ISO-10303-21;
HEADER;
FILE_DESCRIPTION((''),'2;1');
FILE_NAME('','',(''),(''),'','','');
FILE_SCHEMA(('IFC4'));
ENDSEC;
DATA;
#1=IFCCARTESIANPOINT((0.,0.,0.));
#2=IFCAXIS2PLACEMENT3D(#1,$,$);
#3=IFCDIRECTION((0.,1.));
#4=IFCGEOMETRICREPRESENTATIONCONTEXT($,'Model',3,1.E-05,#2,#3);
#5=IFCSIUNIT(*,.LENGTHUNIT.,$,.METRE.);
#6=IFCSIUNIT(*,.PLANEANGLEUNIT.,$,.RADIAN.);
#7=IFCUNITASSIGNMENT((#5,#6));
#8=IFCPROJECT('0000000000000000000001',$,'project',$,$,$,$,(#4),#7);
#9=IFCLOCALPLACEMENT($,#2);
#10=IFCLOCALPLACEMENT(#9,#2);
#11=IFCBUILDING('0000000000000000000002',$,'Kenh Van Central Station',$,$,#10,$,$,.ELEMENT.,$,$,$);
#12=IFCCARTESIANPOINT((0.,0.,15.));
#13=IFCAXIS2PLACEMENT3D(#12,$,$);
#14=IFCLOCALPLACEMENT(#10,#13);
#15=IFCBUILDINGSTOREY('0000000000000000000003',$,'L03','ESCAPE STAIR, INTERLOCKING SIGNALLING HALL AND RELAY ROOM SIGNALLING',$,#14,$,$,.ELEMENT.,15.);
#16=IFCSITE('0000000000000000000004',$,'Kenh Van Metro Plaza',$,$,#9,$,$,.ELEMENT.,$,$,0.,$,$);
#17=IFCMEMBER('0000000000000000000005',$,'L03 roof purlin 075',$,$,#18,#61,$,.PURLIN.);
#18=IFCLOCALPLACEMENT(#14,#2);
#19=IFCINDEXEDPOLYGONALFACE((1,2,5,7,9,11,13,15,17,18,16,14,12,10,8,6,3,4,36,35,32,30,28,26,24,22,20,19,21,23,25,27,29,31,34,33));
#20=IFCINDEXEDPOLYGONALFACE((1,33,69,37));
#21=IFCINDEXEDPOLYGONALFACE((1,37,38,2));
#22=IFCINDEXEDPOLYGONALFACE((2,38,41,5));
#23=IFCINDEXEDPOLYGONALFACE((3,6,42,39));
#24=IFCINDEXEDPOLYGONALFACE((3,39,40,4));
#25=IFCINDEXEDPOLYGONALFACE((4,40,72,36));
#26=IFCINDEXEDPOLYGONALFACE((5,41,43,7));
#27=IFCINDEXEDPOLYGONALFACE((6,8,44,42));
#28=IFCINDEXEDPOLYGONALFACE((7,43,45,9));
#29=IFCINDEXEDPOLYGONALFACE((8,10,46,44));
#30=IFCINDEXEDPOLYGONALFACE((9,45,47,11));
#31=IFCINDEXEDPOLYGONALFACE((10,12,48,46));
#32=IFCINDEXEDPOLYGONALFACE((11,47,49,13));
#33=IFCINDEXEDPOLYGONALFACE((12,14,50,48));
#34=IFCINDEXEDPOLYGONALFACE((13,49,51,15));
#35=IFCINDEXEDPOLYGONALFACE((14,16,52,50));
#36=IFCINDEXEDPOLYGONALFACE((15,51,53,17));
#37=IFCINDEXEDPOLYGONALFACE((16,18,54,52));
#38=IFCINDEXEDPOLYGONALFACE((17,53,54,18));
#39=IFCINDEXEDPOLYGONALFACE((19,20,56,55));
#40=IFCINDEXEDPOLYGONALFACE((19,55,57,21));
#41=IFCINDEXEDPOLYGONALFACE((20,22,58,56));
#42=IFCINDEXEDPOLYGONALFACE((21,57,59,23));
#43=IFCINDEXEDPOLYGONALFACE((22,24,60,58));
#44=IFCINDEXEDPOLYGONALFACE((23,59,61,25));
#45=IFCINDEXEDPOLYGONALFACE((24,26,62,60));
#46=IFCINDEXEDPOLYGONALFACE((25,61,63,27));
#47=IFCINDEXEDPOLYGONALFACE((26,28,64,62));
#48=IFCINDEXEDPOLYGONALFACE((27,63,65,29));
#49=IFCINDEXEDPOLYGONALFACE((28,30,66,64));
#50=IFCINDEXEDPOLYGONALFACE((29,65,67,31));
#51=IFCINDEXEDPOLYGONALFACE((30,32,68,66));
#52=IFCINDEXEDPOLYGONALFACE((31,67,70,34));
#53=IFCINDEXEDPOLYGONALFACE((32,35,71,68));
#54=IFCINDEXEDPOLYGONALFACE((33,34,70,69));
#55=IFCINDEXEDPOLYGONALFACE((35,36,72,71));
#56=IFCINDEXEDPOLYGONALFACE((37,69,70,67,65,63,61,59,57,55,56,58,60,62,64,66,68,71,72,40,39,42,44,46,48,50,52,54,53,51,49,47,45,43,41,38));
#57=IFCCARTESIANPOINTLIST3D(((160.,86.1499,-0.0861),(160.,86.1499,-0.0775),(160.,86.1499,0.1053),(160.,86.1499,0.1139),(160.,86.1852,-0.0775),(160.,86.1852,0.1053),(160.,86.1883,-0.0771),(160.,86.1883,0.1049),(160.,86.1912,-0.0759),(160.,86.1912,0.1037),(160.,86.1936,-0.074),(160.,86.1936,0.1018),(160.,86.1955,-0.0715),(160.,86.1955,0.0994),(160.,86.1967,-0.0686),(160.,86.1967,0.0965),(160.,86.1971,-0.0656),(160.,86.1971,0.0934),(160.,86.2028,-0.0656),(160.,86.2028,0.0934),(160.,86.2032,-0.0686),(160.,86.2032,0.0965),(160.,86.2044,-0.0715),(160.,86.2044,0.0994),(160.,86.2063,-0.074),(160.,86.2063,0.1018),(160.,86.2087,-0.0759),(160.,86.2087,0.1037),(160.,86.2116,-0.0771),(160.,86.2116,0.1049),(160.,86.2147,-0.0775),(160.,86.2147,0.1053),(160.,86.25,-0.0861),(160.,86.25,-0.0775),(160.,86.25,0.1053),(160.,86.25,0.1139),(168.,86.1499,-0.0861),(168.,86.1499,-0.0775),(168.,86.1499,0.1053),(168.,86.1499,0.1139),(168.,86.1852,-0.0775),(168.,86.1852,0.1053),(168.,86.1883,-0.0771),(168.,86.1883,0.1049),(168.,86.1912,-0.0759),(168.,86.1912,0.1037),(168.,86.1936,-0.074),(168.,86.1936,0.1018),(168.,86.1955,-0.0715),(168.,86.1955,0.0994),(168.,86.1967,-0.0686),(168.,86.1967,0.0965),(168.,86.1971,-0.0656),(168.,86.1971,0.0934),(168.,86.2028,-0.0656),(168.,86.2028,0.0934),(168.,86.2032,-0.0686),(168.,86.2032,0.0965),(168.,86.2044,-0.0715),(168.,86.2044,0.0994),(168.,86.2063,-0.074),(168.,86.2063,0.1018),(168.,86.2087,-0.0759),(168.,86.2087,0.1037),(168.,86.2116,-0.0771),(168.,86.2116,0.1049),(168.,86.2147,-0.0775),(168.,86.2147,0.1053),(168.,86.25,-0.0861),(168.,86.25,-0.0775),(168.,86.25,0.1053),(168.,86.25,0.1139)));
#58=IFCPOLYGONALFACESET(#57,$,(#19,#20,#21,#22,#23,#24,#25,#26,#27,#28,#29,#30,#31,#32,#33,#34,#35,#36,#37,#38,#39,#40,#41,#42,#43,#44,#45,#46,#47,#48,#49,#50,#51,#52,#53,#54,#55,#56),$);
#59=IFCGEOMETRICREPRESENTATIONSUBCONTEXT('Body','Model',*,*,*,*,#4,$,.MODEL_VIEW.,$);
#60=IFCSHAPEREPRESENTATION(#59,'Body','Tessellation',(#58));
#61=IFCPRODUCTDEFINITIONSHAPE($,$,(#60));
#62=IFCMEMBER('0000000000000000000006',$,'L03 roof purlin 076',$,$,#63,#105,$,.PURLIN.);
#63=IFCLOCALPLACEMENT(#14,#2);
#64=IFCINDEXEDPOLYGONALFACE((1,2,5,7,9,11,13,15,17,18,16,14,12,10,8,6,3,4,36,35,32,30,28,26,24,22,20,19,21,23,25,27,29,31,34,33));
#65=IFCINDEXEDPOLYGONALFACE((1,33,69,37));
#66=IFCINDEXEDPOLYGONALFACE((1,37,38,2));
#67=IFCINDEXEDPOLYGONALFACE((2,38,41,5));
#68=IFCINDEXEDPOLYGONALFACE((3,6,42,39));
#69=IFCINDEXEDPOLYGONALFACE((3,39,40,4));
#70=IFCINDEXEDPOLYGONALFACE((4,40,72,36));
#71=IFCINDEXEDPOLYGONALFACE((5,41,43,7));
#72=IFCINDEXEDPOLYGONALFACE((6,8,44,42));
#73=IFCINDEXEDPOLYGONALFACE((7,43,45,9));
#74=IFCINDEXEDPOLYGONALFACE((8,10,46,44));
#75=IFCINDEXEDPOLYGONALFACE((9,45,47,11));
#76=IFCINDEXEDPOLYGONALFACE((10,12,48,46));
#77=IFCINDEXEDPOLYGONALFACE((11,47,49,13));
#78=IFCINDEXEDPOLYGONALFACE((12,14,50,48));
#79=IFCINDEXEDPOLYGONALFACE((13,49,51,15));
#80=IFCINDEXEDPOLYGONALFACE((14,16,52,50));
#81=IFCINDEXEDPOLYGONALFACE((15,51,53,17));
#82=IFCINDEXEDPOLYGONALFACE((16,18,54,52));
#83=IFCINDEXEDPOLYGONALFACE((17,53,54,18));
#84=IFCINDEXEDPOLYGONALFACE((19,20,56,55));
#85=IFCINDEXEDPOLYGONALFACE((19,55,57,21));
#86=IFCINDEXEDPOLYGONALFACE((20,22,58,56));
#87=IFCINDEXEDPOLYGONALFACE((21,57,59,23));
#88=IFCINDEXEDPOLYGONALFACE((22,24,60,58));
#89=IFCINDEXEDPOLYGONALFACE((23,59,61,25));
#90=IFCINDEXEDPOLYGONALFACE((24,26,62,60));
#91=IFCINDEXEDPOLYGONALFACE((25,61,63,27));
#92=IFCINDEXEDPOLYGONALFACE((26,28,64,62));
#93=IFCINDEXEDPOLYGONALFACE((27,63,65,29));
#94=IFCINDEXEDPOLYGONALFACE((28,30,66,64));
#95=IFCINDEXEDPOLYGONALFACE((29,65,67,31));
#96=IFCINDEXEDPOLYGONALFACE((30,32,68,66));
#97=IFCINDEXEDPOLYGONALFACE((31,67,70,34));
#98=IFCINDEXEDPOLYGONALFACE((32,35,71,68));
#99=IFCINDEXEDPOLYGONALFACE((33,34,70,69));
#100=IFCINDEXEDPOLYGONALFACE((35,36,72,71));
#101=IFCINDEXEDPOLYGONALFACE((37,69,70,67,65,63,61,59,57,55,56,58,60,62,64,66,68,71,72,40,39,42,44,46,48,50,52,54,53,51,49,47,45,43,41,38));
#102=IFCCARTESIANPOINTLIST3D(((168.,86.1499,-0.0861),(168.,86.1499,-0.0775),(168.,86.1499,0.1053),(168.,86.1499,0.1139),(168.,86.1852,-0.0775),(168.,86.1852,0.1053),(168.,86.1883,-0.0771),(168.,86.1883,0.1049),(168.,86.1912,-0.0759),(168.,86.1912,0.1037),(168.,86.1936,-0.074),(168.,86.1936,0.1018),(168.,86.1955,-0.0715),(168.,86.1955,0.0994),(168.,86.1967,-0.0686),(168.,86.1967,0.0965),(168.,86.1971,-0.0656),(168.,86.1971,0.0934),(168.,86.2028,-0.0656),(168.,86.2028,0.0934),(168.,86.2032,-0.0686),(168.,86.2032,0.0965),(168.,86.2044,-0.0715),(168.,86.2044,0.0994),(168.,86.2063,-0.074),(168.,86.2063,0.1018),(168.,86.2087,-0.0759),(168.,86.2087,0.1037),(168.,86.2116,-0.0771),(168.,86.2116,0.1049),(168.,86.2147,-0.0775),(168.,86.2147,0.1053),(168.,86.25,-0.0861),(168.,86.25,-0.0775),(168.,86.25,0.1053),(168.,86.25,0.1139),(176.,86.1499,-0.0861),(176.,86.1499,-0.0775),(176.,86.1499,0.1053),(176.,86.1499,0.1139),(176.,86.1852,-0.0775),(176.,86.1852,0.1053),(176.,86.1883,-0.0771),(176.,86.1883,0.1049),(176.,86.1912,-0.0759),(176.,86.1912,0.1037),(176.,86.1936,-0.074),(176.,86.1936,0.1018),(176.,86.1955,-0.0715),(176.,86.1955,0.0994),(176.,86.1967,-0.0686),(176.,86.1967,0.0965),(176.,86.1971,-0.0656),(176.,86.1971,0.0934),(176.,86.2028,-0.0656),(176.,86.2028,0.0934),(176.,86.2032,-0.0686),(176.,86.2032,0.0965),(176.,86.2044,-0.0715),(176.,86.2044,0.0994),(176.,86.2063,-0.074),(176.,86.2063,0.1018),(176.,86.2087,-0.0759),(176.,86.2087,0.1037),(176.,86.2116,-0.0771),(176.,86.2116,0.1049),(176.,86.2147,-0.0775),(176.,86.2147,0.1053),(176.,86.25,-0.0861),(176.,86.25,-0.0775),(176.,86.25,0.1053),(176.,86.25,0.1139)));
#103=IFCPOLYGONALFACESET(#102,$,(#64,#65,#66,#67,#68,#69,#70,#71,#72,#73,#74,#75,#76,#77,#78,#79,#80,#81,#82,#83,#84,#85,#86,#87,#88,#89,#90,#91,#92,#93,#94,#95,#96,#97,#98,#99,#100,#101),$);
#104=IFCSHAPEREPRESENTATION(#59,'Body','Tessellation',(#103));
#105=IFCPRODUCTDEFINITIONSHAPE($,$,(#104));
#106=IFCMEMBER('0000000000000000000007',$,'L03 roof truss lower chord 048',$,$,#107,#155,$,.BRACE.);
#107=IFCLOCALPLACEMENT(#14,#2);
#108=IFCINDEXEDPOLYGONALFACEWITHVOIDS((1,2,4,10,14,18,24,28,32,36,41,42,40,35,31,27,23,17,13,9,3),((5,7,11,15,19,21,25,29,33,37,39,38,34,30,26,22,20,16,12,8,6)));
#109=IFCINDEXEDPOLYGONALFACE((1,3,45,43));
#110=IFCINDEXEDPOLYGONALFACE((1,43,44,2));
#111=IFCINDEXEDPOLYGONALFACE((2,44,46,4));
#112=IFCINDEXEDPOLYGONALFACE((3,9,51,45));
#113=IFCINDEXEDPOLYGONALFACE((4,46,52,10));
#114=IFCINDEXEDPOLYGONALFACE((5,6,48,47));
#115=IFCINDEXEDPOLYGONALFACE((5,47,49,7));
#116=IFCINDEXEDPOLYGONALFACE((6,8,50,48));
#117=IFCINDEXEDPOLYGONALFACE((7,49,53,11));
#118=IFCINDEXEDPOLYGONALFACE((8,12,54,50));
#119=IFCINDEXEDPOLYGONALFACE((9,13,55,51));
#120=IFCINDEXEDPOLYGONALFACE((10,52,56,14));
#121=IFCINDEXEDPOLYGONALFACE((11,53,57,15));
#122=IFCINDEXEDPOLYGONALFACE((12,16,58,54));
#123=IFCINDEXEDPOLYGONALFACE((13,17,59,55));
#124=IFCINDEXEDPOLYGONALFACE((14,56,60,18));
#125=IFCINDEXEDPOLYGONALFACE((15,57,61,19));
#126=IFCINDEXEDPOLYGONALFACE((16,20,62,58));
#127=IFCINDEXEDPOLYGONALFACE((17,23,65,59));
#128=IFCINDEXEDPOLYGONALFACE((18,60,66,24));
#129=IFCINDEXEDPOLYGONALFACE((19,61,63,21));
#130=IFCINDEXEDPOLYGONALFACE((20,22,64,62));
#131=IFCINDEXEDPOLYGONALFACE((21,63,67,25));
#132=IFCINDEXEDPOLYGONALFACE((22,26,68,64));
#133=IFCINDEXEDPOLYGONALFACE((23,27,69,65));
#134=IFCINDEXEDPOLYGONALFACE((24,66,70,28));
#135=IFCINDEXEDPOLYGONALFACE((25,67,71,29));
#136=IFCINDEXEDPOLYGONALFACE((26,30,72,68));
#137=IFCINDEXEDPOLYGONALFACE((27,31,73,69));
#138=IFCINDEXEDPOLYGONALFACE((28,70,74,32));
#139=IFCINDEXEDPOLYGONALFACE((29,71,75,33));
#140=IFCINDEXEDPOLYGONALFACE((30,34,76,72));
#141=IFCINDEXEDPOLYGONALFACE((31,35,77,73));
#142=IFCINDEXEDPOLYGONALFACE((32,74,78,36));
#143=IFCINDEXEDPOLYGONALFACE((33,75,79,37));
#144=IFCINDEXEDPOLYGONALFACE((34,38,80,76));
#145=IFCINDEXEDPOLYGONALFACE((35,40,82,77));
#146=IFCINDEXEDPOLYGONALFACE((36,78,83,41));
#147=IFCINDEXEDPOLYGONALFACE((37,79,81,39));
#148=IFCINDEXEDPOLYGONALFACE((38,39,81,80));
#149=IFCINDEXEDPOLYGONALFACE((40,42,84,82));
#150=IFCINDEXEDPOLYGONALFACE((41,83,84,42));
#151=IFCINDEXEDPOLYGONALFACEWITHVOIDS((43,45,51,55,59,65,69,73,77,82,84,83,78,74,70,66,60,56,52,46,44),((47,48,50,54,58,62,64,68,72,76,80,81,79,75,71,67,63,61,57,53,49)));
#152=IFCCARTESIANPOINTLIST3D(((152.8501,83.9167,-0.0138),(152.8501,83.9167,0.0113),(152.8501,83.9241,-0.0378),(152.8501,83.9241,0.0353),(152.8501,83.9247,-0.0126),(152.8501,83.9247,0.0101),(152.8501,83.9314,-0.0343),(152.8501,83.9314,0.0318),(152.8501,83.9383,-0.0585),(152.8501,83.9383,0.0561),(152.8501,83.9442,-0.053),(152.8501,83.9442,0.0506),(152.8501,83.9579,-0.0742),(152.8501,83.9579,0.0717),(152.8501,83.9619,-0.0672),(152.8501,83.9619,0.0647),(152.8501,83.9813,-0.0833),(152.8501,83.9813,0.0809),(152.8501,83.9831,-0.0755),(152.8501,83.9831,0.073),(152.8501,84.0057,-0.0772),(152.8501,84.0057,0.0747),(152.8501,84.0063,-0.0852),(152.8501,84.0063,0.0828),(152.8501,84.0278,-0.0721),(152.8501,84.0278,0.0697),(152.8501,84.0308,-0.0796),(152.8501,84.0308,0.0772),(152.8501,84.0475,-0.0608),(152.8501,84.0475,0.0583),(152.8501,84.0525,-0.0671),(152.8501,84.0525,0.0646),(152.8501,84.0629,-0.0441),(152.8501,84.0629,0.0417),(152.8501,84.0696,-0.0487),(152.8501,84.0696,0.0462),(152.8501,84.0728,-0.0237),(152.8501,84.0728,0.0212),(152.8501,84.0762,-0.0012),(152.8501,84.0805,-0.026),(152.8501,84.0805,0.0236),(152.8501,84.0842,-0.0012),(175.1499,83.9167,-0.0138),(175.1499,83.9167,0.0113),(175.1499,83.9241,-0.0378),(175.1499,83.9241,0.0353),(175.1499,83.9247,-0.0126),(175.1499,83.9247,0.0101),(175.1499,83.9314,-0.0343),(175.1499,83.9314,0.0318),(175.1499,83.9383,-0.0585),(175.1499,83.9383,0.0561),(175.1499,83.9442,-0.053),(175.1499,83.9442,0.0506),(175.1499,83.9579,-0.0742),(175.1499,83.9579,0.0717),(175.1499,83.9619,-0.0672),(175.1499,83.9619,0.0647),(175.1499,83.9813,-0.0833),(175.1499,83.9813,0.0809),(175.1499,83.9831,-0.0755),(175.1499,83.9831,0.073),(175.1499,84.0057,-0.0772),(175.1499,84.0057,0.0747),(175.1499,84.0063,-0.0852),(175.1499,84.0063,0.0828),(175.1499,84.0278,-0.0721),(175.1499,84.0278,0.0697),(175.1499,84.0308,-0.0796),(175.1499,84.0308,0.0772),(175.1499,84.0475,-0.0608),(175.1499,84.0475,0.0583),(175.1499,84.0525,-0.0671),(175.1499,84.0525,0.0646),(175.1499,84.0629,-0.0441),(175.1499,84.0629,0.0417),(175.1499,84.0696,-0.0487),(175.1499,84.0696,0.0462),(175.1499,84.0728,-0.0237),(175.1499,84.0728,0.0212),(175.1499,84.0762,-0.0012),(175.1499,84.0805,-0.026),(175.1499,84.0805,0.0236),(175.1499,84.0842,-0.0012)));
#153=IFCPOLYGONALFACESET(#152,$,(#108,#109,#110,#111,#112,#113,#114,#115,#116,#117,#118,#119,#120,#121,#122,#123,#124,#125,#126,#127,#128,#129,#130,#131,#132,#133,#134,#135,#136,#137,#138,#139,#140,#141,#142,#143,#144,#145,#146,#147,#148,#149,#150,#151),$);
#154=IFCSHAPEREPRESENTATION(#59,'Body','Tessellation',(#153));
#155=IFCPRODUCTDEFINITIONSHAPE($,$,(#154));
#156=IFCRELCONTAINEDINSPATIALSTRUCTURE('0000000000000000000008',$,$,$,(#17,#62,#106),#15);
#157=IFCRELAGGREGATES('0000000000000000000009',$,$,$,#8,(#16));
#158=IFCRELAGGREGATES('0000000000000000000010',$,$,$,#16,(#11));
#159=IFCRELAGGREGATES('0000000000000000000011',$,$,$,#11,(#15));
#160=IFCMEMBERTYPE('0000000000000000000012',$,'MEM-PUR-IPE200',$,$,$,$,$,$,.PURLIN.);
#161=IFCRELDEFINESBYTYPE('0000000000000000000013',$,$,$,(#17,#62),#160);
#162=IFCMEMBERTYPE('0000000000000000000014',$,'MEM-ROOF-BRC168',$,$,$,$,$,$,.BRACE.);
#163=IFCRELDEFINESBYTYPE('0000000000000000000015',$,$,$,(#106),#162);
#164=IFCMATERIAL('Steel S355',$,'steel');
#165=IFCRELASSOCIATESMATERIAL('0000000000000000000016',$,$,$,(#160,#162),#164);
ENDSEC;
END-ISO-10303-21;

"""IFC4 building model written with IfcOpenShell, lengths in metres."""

from ifc_helpers import new_model, si_unit, direction, frame, origin, origin_2d, place, context, subcontext, project, spatial, hollow_circle, i_section, extrude, material, material_profile, profile_set, type_object, element, save


model = new_model("IFC4")

# Units and contexts
model_context = context("Model", 3, precision=1e-05, world=origin(), true_north=direction((0.0, 1.0)))
body_context = subcontext(model_context, "Body", "Model", "MODEL_VIEW")
ifc_project = project(units=[si_unit("LENGTHUNIT", "METRE"), si_unit("PLANEANGLEUNIT", "RADIAN")], contexts=[model_context])

# Site, building, storey
site_placement = place(None, origin())
site = spatial("IfcSite", under=ifc_project, at=site_placement, Name="Kenh Van Metro Plaza", CompositionType="ELEMENT", RefElevation=0.0)
building_placement = place(site_placement, origin())
building = spatial("IfcBuilding", under=site, at=building_placement, Name="Kenh Van Central Station", CompositionType="ELEMENT")
storey_placement = place(building_placement, frame((0.0, 0.0, 15.0)))
storey = spatial("IfcBuildingStorey", under=building, at=storey_placement, Name="L03", Description="ESCAPE STAIR, INTERLOCKING SIGNALLING HALL AND RELAY ROOM SIGNALLING", CompositionType="ELEMENT", Elevation=15.0)

# Shared definitions
ifc_material_1 = material(Name="Steel S355", Category="steel")

# Members
ifc_material_profile_1 = material_profile(ifc_material_1, i_section(OverallWidth=0.1001, OverallDepth=0.2, WebThickness=0.0056, FlangeThickness=0.0085, FilletRadius=0.012, at=origin_2d()), Name="IPE 200")
ifc_profile_set_1 = profile_set([ifc_material_profile_1], Name="Steel S355")
member_type_1 = type_object("IfcMemberType", Name="MEM-PUR-IPE200", PredefinedType="PURLIN", material=ifc_profile_set_1)
for number, where, z_axis, x_axis, name in (
    (1, (160.0, 86.2, 0.0139), (1.0, 0.0, 0.0), (0.0, 1.0, 0.0), "L03 roof purlin 075"),
    (2, (168.0, 86.2, 0.0139), (1.0, 0.0, 0.0), (0.0, 1.0, 0.0), "L03 roof purlin 076"),
):
    element("IfcMember", number, at=place(storey_placement, frame(where, z_axis=z_axis, x_axis=x_axis)), inside=storey, type_object=member_type_1, Name=name, PredefinedType="PURLIN", context=body_context, shape_type="SweptSolid", body=[
        extrude(i_section(OverallWidth=0.1001, OverallDepth=0.2, WebThickness=0.0056, FlangeThickness=0.0085, FilletRadius=0.012, at=origin_2d()), origin(), (0.0, 0.0, 1.0), 8.0),
    ])
ifc_material_profile_2 = material_profile(ifc_material_1, hollow_circle(Radius=0.0842, WallThickness=0.0081, at=origin_2d()), Name="CHS 168.3x8")
ifc_profile_set_2 = profile_set([ifc_material_profile_2], Name="Steel S355")
member_type_2 = type_object("IfcMemberType", Name="MEM-ROOF-BRC168", PredefinedType="BRACE", material=ifc_profile_set_2)
member_1_placement = place(storey_placement, frame((152.8501, 84.0, -0.0012), z_axis=(1.0, 0.0, 0.0), x_axis=(0.0, 1.0, 0.0)))
element("IfcMember", 3, at=member_1_placement, inside=storey, type_object=member_type_2, Name="L03 roof truss lower chord 048", PredefinedType="BRACE", context=body_context, shape_type="SweptSolid", body=[
    extrude(hollow_circle(Radius=0.0842, WallThickness=0.0081, at=origin_2d()), origin(), (0.0, 0.0, 1.0), 22.2998),
])

save(model, "model.ifc")
